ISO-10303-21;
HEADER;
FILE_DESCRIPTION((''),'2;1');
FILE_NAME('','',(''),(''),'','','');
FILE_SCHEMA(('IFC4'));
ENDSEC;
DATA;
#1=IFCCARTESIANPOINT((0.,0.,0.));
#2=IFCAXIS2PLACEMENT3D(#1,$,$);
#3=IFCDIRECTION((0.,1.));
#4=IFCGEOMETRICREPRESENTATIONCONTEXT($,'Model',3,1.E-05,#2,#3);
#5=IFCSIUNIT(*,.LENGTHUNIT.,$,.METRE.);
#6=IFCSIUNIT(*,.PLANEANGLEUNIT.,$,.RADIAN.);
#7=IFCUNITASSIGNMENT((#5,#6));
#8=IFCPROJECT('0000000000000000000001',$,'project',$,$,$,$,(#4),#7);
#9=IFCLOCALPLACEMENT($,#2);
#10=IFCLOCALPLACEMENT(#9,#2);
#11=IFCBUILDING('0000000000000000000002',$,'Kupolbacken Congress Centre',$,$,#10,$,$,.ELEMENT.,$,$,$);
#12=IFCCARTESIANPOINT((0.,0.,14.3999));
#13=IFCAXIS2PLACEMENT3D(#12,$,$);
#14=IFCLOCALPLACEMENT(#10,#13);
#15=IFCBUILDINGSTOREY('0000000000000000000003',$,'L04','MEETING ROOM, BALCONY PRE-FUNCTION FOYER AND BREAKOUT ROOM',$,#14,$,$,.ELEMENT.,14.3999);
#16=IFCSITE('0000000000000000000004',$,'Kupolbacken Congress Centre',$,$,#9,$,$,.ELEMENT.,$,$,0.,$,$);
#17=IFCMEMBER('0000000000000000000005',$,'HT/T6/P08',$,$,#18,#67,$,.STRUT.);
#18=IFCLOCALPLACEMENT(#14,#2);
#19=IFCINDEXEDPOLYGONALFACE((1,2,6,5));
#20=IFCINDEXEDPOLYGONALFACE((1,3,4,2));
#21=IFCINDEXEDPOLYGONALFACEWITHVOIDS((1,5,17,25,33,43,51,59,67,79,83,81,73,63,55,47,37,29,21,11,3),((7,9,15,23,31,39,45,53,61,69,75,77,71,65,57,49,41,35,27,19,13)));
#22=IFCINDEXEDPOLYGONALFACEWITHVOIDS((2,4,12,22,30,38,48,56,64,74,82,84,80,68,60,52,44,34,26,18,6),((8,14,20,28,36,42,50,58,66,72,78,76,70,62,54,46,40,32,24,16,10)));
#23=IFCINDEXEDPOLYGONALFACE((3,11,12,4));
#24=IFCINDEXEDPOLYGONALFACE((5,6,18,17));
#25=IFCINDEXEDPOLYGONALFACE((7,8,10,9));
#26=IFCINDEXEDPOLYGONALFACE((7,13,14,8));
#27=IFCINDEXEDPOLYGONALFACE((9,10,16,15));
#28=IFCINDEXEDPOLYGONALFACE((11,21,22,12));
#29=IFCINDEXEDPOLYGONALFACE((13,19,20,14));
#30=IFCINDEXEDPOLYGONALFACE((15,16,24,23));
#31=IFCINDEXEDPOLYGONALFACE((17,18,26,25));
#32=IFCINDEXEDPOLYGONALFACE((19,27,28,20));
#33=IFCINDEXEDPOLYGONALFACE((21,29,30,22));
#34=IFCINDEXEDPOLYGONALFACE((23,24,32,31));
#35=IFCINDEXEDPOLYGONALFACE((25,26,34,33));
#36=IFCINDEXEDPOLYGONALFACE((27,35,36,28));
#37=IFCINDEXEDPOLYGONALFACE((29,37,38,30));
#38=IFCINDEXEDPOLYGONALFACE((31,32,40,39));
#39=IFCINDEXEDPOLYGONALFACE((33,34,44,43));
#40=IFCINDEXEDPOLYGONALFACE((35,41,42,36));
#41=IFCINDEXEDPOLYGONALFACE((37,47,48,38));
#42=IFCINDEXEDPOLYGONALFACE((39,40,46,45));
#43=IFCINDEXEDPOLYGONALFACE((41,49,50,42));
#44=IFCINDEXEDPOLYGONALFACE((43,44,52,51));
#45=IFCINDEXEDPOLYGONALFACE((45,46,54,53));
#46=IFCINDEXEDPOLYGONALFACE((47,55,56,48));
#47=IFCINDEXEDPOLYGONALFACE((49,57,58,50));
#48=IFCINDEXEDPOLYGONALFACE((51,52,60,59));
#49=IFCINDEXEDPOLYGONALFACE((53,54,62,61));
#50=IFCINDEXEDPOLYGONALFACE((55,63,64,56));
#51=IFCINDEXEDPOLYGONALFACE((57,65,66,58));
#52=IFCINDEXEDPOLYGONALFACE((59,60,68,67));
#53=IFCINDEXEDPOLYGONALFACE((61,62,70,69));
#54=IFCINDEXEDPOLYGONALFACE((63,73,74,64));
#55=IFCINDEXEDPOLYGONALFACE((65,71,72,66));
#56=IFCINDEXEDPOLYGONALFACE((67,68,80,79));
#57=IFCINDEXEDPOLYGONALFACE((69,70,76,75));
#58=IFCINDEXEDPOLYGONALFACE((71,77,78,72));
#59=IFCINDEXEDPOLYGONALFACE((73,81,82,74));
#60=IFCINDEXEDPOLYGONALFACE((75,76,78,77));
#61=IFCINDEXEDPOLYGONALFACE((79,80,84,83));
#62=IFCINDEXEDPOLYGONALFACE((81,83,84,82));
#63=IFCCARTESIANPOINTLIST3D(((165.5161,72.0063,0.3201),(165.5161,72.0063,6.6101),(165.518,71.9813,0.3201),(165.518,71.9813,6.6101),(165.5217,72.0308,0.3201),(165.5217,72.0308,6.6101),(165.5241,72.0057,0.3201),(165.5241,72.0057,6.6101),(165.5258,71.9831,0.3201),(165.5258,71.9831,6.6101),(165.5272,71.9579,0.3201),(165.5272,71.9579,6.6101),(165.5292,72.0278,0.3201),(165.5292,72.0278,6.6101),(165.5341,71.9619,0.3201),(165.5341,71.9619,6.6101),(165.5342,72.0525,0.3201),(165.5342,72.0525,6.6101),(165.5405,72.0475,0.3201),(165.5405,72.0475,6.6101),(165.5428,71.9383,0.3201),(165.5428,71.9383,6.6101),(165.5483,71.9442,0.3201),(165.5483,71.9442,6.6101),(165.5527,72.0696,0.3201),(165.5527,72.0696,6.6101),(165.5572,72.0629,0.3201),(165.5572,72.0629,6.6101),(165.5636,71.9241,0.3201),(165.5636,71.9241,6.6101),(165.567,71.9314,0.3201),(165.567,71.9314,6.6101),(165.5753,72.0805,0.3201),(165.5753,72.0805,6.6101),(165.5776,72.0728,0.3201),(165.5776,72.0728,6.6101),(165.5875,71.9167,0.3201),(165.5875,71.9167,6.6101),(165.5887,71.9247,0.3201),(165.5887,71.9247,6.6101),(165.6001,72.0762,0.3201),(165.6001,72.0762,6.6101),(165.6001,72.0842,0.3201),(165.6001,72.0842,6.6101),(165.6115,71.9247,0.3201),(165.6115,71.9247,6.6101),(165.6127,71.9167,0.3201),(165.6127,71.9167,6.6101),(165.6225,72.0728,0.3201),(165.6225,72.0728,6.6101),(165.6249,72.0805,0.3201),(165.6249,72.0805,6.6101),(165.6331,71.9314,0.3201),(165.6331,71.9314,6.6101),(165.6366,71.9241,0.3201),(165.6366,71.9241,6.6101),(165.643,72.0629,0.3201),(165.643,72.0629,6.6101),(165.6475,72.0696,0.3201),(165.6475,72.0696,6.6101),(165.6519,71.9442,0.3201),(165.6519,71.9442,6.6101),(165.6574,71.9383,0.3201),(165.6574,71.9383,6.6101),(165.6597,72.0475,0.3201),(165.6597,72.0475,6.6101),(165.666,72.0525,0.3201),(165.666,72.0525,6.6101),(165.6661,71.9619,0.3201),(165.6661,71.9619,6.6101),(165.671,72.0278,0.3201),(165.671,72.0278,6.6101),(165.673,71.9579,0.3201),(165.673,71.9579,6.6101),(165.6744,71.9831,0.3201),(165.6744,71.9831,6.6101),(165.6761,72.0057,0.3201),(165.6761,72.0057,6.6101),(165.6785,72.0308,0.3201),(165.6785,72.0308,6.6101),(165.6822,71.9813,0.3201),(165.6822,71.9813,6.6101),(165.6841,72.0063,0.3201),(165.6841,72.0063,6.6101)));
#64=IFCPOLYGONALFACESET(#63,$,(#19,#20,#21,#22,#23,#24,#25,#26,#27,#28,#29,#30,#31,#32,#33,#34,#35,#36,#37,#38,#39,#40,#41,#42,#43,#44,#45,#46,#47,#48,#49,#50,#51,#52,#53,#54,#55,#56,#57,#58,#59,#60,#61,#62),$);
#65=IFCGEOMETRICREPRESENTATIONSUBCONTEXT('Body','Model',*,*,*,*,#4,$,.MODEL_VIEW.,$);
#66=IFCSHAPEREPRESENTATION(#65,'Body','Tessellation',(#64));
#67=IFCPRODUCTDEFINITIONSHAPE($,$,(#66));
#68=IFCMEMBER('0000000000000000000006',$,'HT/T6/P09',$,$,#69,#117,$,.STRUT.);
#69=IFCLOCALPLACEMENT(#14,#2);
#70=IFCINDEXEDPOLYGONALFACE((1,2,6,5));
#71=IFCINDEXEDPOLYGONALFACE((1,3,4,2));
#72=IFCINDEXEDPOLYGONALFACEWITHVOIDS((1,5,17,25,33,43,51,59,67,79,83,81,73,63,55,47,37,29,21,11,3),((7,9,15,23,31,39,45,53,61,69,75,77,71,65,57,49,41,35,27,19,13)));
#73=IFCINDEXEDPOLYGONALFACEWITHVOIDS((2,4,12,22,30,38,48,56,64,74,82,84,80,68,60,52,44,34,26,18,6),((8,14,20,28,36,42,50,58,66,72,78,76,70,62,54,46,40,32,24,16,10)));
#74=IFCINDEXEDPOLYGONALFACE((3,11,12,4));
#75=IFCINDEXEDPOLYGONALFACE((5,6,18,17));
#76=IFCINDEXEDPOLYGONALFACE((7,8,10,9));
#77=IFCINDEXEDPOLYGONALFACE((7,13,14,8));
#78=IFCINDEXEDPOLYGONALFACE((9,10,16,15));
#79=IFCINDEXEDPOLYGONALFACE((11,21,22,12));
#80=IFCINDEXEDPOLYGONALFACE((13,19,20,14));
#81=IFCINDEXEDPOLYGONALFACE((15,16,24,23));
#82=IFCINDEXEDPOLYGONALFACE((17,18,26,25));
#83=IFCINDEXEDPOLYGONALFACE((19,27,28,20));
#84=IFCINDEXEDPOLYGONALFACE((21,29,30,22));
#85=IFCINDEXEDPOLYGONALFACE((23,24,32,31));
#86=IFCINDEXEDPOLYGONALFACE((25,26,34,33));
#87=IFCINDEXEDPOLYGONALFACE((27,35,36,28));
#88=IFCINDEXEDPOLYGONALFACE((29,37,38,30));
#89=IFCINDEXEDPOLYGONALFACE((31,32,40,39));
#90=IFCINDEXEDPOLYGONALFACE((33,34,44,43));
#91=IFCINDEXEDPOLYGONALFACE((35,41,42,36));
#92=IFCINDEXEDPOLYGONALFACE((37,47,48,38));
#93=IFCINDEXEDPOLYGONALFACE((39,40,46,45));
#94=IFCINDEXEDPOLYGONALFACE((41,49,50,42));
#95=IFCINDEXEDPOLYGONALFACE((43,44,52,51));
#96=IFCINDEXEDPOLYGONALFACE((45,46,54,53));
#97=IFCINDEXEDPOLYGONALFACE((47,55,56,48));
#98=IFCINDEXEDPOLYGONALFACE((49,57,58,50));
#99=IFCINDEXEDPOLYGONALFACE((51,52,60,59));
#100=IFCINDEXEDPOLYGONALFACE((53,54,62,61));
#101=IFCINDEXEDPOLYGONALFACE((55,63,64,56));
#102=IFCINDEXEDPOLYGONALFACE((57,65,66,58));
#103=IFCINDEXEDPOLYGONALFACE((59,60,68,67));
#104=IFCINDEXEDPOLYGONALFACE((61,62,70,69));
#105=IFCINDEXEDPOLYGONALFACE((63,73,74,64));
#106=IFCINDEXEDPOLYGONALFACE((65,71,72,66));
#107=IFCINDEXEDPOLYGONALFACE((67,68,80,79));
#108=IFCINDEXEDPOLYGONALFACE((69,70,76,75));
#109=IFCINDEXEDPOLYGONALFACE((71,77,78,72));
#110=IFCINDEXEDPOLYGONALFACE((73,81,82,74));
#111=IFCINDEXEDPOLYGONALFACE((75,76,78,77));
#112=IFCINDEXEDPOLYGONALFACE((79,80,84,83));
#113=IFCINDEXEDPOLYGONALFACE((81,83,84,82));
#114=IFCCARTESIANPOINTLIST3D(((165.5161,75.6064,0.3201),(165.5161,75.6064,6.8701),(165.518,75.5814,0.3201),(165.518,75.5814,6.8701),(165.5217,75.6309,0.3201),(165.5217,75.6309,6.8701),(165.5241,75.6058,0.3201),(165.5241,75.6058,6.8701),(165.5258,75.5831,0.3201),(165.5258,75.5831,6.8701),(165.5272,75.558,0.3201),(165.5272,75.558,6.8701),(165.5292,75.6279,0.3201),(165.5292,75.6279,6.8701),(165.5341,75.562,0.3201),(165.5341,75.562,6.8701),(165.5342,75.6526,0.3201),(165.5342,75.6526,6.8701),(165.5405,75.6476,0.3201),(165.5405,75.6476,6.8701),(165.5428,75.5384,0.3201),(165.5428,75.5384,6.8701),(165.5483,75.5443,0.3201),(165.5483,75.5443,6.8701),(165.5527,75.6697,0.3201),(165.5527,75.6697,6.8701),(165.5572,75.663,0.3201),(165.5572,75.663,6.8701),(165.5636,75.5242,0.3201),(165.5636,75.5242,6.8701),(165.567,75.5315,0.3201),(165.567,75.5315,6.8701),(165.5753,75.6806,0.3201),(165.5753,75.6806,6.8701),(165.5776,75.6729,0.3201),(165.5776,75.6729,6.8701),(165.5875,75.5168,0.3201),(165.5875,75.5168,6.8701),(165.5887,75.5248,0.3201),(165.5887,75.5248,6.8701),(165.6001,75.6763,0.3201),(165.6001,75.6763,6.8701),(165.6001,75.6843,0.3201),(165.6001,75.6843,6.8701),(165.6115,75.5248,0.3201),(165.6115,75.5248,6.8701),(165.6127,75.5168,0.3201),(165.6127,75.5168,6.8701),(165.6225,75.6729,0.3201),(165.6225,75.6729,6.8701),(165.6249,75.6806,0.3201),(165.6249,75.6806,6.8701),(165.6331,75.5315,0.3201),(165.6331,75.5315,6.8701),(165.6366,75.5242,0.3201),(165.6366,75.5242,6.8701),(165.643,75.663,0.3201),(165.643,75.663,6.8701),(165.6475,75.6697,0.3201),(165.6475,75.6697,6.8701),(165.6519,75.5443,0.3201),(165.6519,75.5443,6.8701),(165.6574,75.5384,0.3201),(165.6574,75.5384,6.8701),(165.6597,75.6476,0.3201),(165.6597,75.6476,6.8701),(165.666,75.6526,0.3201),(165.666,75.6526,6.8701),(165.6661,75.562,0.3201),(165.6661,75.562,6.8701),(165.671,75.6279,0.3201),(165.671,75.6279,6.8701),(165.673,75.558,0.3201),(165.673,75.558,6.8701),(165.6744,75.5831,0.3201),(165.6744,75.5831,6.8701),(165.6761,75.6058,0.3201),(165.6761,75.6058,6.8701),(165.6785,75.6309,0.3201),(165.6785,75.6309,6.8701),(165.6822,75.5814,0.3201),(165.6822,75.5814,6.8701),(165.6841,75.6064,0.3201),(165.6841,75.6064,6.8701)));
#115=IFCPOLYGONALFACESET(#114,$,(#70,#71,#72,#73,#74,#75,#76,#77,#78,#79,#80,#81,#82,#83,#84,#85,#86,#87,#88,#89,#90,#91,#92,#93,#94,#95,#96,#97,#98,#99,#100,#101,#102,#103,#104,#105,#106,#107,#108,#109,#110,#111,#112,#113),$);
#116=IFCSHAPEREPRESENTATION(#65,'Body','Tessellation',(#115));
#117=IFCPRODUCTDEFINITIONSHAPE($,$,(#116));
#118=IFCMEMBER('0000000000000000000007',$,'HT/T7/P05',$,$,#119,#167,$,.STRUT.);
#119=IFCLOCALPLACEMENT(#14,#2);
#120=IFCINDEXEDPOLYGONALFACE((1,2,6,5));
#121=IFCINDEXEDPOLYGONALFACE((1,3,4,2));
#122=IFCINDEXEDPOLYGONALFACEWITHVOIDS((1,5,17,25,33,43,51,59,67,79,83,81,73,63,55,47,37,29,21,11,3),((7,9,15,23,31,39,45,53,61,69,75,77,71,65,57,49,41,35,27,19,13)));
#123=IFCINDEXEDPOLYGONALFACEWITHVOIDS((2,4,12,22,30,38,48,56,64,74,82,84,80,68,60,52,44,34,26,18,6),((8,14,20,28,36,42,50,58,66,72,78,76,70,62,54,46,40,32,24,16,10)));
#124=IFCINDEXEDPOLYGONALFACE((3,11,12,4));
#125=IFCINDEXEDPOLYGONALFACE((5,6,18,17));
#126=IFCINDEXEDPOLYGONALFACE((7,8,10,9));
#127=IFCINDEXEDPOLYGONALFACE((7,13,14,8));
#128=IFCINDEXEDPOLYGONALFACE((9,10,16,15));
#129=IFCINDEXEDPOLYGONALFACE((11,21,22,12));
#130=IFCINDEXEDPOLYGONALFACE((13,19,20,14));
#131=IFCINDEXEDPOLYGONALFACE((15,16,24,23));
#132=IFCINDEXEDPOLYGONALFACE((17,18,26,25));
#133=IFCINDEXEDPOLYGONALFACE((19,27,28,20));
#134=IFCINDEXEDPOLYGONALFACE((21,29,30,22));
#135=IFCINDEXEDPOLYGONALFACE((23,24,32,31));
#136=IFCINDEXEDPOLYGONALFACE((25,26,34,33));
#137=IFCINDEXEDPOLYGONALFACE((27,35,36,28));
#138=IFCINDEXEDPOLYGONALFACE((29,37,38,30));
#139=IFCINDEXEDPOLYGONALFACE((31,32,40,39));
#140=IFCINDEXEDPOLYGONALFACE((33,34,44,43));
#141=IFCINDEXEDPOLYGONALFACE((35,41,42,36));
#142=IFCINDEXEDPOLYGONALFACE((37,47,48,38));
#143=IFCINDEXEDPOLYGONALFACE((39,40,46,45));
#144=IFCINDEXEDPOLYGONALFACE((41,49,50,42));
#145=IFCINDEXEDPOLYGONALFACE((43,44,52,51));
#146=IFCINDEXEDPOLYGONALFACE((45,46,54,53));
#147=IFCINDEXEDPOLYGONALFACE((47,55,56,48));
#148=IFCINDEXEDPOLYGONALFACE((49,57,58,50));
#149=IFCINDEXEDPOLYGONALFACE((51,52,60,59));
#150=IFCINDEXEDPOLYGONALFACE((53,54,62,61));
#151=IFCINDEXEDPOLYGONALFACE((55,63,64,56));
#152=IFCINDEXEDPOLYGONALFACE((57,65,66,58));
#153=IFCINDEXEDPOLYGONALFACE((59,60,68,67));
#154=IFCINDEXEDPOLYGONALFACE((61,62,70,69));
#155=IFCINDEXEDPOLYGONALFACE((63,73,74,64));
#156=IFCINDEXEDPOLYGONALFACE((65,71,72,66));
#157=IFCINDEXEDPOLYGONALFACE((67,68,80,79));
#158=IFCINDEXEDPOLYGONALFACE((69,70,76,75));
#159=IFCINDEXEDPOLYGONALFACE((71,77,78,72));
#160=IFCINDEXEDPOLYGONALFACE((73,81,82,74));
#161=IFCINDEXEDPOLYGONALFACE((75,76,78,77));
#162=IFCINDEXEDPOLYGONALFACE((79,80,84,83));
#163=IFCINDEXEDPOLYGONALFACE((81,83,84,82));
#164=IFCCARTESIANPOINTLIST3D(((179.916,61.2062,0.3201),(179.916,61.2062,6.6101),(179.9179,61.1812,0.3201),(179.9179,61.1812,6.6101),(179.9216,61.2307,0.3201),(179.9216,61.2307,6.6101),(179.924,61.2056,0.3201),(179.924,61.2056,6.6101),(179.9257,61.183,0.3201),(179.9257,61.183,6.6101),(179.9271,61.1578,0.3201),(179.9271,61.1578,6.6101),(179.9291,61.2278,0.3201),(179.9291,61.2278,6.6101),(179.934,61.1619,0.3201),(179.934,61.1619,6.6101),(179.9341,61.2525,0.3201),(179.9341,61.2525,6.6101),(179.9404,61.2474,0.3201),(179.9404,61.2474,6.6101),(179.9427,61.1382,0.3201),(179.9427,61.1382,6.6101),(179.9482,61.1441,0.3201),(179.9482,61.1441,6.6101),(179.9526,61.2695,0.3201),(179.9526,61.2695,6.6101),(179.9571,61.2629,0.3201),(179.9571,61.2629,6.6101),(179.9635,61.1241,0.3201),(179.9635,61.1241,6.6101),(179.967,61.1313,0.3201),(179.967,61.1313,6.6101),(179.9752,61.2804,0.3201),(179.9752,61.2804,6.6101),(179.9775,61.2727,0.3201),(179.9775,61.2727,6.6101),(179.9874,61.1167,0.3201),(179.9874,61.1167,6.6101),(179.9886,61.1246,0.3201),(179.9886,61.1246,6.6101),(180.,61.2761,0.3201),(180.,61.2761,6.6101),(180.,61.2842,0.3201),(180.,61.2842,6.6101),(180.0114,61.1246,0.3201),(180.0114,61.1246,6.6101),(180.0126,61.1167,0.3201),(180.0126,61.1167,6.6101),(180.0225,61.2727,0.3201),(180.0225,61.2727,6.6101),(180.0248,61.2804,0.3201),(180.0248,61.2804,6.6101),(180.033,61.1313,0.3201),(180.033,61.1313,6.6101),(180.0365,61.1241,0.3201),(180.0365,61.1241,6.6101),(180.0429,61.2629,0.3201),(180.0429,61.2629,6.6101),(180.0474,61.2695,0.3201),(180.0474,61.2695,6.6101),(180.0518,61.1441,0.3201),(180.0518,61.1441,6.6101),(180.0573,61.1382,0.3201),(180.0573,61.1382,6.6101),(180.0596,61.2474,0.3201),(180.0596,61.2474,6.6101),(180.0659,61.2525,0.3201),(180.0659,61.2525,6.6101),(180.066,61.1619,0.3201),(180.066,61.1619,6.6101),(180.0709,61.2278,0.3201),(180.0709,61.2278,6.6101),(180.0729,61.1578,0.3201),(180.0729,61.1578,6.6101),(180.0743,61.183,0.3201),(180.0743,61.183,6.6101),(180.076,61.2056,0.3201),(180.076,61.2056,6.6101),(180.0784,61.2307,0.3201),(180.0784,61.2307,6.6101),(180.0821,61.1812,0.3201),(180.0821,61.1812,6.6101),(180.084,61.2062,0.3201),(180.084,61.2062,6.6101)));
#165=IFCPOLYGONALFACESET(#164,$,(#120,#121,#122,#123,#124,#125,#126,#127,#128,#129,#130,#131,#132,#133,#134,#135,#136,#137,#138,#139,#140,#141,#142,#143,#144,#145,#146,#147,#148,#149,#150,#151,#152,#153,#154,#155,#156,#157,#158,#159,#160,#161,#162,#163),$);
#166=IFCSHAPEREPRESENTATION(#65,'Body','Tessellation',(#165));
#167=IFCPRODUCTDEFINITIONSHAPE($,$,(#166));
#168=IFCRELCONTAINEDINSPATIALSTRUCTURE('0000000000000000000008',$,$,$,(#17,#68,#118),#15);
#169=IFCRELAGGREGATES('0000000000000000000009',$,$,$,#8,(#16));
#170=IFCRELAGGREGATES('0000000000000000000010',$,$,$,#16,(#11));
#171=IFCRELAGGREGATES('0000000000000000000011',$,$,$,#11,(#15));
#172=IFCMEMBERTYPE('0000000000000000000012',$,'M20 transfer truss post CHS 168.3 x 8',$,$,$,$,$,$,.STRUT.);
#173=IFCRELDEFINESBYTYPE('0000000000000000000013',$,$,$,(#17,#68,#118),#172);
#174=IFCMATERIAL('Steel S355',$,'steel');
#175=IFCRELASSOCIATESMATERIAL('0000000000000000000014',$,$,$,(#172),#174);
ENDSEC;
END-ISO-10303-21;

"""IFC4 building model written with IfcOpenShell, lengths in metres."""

from ifc_helpers import new_model, si_unit, direction, frame, origin, origin_2d, place, context, subcontext, project, spatial, hollow_circle, extrude, material, material_profile, profile_set, type_object, element, save


model = new_model("IFC4")

# Units and contexts
model_context = context("Model", 3, precision=1e-05, world=origin(), true_north=direction((0.0, 1.0)))
body_context = subcontext(model_context, "Body", "Model", "MODEL_VIEW")
ifc_project = project(units=[si_unit("LENGTHUNIT", "METRE"), si_unit("PLANEANGLEUNIT", "RADIAN")], contexts=[model_context])

# Site, building, storey
site_placement = place(None, origin())
site = spatial("IfcSite", under=ifc_project, at=site_placement, Name="Kupolbacken Congress Centre", CompositionType="ELEMENT", RefElevation=0.0)
building_placement = place(site_placement, origin())
building = spatial("IfcBuilding", under=site, at=building_placement, Name="Kupolbacken Congress Centre", CompositionType="ELEMENT")
storey_placement = place(building_placement, frame((0.0, 0.0, 14.3999)))
storey = spatial("IfcBuildingStorey", under=building, at=storey_placement, Name="L04", Description="MEETING ROOM, BALCONY PRE-FUNCTION FOYER AND BREAKOUT ROOM", CompositionType="ELEMENT", Elevation=14.3999)

# Members
ifc_material_1 = material(Name="Steel S355", Category="steel")
ifc_material_profile_1 = material_profile(ifc_material_1, hollow_circle(Radius=0.0842, WallThickness=0.0081, at=origin_2d()), Name="CHS 168.3 x 8")
ifc_profile_set_1 = profile_set([ifc_material_profile_1], Name="Steel S355")
member_type_1 = type_object("IfcMemberType", Name="M20 transfer truss post CHS 168.3 x 8", PredefinedType="STRUT", material=ifc_profile_set_1)
for number, where, z_axis, x_axis, name in (
    (1, (165.6001, 72.0, 0.3201), (0.0, 0.0, 1.0), (0.0, 1.0, 0.0), "HT/T6/P08"),
):
    element("IfcMember", number, at=place(storey_placement, frame(where, z_axis=z_axis, x_axis=x_axis)), inside=storey, type_object=member_type_1, Name=name, PredefinedType="STRUT", context=body_context, shape_type="SweptSolid", body=[
        extrude(hollow_circle(Radius=0.0842, WallThickness=0.0081, at=origin_2d()), origin(), (0.0, 0.0, 1.0), 6.29),
    ])
member_1_placement = place(storey_placement, frame((165.6001, 75.6001, 0.3201), z_axis=(0.0, 0.0, 1.0), x_axis=(0.0, 1.0, 0.0)))
element("IfcMember", 2, at=member_1_placement, inside=storey, type_object=member_type_1, Name="HT/T6/P09", PredefinedType="STRUT", context=body_context, shape_type="SweptSolid", body=[
    extrude(hollow_circle(Radius=0.0842, WallThickness=0.0081, at=origin_2d()), origin(), (0.0, 0.0, 1.0), 6.55),
])
for number, where, z_axis, x_axis, name in (
    (3, (180.0, 61.2, 0.3201), (0.0, 0.0, 1.0), (0.0, 1.0, 0.0), "HT/T7/P05"),
):
    element("IfcMember", number, at=place(storey_placement, frame(where, z_axis=z_axis, x_axis=x_axis)), inside=storey, type_object=member_type_1, Name=name, PredefinedType="STRUT", context=body_context, shape_type="SweptSolid", body=[
        extrude(hollow_circle(Radius=0.0842, WallThickness=0.0081, at=origin_2d()), origin(), (0.0, 0.0, 1.0), 6.29),
    ])

save(model, "model.ifc")
